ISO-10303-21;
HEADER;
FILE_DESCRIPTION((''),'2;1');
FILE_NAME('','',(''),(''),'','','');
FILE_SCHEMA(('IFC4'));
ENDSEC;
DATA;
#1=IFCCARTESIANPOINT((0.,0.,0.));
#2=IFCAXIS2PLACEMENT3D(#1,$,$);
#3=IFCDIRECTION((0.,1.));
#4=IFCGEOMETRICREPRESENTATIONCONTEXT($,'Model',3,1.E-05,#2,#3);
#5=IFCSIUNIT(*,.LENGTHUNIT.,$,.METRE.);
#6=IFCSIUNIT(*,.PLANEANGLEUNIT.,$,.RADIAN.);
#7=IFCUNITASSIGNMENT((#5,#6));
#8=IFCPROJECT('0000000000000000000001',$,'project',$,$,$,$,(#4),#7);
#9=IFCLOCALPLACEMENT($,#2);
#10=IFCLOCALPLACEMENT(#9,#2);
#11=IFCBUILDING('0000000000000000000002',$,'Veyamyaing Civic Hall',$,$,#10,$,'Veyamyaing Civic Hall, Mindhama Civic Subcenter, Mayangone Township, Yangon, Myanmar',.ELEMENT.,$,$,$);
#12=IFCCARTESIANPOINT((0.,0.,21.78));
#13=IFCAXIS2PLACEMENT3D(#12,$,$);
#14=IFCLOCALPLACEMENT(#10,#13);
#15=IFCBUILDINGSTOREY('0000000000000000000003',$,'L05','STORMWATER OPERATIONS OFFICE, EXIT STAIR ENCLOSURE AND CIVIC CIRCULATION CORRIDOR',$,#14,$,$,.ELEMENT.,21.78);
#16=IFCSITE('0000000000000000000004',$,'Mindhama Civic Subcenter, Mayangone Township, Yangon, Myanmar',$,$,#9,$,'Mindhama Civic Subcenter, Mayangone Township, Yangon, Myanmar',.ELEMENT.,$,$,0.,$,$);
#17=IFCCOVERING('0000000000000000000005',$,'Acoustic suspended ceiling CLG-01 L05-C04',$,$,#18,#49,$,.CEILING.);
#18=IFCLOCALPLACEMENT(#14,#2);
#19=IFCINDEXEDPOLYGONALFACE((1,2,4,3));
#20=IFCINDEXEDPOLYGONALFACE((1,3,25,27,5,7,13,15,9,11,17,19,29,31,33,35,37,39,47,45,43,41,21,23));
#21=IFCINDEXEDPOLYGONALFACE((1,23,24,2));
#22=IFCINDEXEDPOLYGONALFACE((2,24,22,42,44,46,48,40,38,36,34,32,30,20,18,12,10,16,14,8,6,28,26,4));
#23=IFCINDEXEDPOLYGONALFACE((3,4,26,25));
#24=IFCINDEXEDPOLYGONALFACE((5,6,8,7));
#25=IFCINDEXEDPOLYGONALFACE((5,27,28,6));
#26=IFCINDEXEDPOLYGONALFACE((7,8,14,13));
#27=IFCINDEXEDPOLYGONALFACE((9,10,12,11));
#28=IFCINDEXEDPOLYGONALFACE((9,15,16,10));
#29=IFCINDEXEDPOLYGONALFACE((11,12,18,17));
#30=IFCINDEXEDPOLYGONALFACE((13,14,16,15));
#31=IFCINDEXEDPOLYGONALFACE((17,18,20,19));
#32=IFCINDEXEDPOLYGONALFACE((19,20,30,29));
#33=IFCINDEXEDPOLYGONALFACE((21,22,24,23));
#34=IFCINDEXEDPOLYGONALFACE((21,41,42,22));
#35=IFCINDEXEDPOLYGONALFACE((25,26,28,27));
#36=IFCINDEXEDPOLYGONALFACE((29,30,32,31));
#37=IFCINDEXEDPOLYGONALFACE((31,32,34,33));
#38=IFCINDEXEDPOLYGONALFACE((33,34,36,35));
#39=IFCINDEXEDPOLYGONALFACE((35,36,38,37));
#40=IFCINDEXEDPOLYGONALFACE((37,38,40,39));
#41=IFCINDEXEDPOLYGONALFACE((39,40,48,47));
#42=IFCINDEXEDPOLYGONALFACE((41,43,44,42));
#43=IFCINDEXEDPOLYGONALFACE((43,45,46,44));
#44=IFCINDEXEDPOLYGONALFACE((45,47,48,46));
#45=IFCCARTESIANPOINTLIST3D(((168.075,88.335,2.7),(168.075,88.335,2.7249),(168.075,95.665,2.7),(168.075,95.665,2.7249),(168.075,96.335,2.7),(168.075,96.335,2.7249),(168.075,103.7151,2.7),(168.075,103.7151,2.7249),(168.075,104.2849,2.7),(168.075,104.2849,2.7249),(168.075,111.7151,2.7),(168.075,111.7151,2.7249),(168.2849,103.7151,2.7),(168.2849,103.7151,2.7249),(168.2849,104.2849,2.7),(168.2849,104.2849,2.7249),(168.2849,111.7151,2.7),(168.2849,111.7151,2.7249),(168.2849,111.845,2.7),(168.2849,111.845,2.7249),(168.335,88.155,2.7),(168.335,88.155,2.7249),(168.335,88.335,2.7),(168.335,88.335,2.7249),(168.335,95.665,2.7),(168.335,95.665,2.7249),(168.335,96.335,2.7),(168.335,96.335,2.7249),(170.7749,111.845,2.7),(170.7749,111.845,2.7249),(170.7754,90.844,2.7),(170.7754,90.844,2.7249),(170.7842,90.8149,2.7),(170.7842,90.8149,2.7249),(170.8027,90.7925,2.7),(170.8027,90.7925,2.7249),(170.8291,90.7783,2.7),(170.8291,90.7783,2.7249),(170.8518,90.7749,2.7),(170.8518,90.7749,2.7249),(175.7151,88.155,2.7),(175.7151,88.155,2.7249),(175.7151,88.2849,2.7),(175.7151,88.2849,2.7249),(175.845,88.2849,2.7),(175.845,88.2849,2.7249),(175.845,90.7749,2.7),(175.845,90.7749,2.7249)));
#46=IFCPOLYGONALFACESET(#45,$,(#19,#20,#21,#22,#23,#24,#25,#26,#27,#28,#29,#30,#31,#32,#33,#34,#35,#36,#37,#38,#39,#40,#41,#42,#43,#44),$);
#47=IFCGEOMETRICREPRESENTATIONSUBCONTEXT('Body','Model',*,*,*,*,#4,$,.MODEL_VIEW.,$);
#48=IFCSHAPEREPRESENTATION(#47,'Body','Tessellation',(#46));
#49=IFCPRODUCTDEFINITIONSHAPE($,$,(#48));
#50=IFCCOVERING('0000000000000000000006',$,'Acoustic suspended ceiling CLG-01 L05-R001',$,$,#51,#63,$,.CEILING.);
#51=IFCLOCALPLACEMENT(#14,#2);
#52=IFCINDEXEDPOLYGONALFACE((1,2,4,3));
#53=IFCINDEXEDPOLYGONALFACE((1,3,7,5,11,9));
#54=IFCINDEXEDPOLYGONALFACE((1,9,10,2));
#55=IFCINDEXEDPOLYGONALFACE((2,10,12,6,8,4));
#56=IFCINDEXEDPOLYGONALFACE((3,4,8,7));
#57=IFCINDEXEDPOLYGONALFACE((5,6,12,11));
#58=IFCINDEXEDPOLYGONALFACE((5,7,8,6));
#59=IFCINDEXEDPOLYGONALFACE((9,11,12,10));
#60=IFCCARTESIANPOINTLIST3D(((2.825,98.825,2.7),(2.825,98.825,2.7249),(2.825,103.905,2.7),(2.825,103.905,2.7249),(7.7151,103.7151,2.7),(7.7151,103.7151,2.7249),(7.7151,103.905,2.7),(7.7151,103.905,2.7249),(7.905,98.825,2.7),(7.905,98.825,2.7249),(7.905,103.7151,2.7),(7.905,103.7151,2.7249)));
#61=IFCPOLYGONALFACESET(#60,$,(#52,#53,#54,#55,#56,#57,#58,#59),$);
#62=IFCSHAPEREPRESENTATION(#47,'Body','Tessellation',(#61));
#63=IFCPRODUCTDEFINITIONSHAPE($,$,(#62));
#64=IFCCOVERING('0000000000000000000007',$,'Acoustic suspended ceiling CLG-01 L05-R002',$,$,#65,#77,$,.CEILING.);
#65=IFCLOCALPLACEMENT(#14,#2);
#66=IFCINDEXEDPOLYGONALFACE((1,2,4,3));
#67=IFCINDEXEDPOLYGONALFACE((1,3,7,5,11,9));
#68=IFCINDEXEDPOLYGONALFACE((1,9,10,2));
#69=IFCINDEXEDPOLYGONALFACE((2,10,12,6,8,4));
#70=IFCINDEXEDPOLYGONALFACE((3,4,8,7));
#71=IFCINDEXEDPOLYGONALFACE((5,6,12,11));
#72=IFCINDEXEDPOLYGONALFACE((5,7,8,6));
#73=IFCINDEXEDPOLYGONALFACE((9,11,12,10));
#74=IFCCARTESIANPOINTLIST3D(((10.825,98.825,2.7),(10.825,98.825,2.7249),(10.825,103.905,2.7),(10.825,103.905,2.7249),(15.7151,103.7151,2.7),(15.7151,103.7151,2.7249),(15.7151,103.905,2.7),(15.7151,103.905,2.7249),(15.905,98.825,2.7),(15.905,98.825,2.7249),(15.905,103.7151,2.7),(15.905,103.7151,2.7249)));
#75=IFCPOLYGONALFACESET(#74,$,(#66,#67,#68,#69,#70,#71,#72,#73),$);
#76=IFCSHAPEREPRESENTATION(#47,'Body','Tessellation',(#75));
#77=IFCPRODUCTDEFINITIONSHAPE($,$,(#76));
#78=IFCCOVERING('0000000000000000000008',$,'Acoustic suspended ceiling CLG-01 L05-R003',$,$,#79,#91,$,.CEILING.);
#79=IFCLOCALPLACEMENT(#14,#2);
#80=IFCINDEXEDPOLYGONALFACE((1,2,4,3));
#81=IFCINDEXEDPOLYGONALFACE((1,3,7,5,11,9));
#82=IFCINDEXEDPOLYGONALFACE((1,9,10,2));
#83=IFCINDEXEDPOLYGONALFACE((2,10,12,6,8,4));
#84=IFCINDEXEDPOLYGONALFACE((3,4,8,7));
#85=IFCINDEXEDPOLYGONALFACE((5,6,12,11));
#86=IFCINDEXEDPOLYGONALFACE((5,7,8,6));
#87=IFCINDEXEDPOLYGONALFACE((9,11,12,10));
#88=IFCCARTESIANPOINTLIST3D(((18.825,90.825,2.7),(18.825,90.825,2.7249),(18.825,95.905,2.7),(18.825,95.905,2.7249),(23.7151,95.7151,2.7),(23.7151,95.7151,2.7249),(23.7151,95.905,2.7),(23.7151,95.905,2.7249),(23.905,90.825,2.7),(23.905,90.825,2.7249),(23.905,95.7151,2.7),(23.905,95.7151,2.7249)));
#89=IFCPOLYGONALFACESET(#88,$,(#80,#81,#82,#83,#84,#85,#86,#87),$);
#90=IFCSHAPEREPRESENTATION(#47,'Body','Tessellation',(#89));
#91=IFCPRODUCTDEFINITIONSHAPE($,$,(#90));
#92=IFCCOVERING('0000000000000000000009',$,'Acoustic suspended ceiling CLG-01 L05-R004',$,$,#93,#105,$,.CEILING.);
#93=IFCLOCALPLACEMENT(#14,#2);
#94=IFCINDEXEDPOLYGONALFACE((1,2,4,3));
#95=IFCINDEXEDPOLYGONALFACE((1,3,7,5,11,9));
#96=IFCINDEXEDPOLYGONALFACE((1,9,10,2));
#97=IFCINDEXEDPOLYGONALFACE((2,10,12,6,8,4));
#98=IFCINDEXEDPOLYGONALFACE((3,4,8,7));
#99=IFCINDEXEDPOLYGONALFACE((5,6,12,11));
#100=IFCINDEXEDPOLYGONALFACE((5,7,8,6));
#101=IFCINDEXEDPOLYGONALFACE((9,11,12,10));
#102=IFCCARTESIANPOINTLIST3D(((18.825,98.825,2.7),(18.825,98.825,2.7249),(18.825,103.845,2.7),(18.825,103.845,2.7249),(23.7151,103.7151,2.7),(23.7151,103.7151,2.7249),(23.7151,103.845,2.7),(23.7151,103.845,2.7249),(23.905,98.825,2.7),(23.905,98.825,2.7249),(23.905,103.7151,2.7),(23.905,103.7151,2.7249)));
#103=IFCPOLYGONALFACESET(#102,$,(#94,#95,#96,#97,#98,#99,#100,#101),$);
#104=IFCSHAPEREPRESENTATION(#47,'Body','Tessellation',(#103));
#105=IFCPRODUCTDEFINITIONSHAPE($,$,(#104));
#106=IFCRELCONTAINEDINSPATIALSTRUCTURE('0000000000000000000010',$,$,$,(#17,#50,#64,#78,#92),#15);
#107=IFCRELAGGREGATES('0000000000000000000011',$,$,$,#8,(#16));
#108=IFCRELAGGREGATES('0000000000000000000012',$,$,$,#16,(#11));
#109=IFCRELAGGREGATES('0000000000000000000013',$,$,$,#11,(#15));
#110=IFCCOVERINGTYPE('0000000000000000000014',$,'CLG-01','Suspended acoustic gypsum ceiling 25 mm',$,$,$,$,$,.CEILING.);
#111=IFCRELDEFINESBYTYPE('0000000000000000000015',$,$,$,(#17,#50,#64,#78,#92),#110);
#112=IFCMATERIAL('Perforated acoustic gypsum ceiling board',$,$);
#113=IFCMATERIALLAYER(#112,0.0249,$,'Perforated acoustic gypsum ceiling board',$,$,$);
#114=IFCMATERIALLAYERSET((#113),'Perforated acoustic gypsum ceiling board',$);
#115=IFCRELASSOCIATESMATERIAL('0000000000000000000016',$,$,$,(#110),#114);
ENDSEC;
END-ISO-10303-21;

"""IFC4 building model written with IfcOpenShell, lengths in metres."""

from ifc_helpers import new_model, si_unit, direction, frame, origin, place, context, subcontext, project, spatial, polyline, outline, extrude, material, layer, layer_set, type_object, element, save


model = new_model("IFC4")

# Units and contexts
model_context = context("Model", 3, precision=1e-05, world=origin(), true_north=direction((0.0, 1.0)))
body_context = subcontext(model_context, "Body", "Model", "MODEL_VIEW")
ifc_project = project(units=[si_unit("LENGTHUNIT", "METRE"), si_unit("PLANEANGLEUNIT", "RADIAN")], contexts=[model_context])

# Site, building, storey
site_placement = place(None, origin())
site = spatial("IfcSite", under=ifc_project, at=site_placement, Name="Mindhama Civic Subcenter, Mayangone Township, Yangon, Myanmar", LongName="Mindhama Civic Subcenter, Mayangone Township, Yangon, Myanmar", CompositionType="ELEMENT", RefElevation=0.0)
building_placement = place(site_placement, origin())
building = spatial("IfcBuilding", under=site, at=building_placement, Name="Veyamyaing Civic Hall", LongName="Veyamyaing Civic Hall, Mindhama Civic Subcenter, Mayangone Township, Yangon, Myanmar", CompositionType="ELEMENT")
storey_placement = place(building_placement, frame((0.0, 0.0, 21.78)))
storey = spatial("IfcBuildingStorey", under=building, at=storey_placement, Name="L05", Description="STORMWATER OPERATIONS OFFICE, EXIT STAIR ENCLOSURE AND CIVIC CIRCULATION CORRIDOR", CompositionType="ELEMENT", Elevation=21.78)

# Coverings
ifc_material_1 = material(Name="Perforated acoustic gypsum ceiling board")
ifc_layer_1 = layer(ifc_material_1, 0.0249, Name="Perforated acoustic gypsum ceiling board")
ifc_layer_set_1 = layer_set([ifc_layer_1], Name="Perforated acoustic gypsum ceiling board")
covering_type_1 = type_object("IfcCoveringType", Name="CLG-01", Description="Suspended acoustic gypsum ceiling 25 mm", PredefinedType="CEILING", material=ifc_layer_set_1)
covering_1_placement = place(storey_placement, frame((0.0, 0.0, 2.7)))
element("IfcCovering", 1, at=covering_1_placement, inside=storey, type_object=covering_type_1, Name="Acoustic suspended ceiling CLG-01 L05-C04", PredefinedType="CEILING", context=body_context, shape_type="SweptSolid", body=[
    extrude(outline(polyline([(170.7754, 90.844), (170.7842, 90.8149), (170.8027, 90.7925), (170.8291, 90.7783), (170.8518, 90.7749), (175.845, 90.7749), (175.845, 88.2849), (175.7151, 88.2849), (175.7151, 88.155), (168.335, 88.155), (168.335, 88.335), (168.075, 88.335), (168.075, 95.665), (168.335, 95.665), (168.335, 96.335), (168.075, 96.335), (168.075, 103.7151), (168.2849, 103.7151), (168.2849, 104.2849), (168.075, 104.2849), (168.075, 111.7151), (168.2849, 111.7151), (168.2849, 111.845), (170.7749, 111.845), (170.7754, 90.844)])), origin(), (0.0, 0.0, 1.0), 0.0249),
])
covering_2_placement = place(storey_placement, frame((0.0, 0.0, 2.7)))
element("IfcCovering", 2, at=covering_2_placement, inside=storey, type_object=covering_type_1, Name="Acoustic suspended ceiling CLG-01 L05-R001", PredefinedType="CEILING", context=body_context, shape_type="SweptSolid", body=[
    extrude(outline(polyline([(2.825, 103.905), (7.7151, 103.905), (7.7151, 103.7151), (7.905, 103.7151), (7.905, 98.825), (2.825, 98.825), (2.825, 103.905)])), origin(), (0.0, 0.0, 1.0), 0.0249),
])
covering_3_placement = place(storey_placement, frame((0.0, 0.0, 2.7)))
element("IfcCovering", 3, at=covering_3_placement, inside=storey, type_object=covering_type_1, Name="Acoustic suspended ceiling CLG-01 L05-R002", PredefinedType="CEILING", context=body_context, shape_type="SweptSolid", body=[
    extrude(outline(polyline([(10.825, 98.825), (10.825, 103.905), (15.7151, 103.905), (15.7151, 103.7151), (15.905, 103.7151), (15.905, 98.825), (10.825, 98.825)])), origin(), (0.0, 0.0, 1.0), 0.0249),
])
covering_4_placement = place(storey_placement, frame((0.0, 0.0, 2.7)))
element("IfcCovering", 4, at=covering_4_placement, inside=storey, type_object=covering_type_1, Name="Acoustic suspended ceiling CLG-01 L05-R003", PredefinedType="CEILING", context=body_context, shape_type="SweptSolid", body=[
    extrude(outline(polyline([(18.825, 95.905), (23.7151, 95.905), (23.7151, 95.7151), (23.905, 95.7151), (23.905, 90.825), (18.825, 90.825), (18.825, 95.905)])), origin(), (0.0, 0.0, 1.0), 0.0249),
])
covering_5_placement = place(storey_placement, frame((0.0, 0.0, 2.7)))
element("IfcCovering", 5, at=covering_5_placement, inside=storey, type_object=covering_type_1, Name="Acoustic suspended ceiling CLG-01 L05-R004", PredefinedType="CEILING", context=body_context, shape_type="SweptSolid", body=[
    extrude(outline(polyline([(18.825, 98.825), (18.825, 103.845), (23.7151, 103.845), (23.7151, 103.7151), (23.905, 103.7151), (23.905, 98.825), (18.825, 98.825)])), origin(), (0.0, 0.0, 1.0), 0.0249),
])

save(model, "model.ifc")
